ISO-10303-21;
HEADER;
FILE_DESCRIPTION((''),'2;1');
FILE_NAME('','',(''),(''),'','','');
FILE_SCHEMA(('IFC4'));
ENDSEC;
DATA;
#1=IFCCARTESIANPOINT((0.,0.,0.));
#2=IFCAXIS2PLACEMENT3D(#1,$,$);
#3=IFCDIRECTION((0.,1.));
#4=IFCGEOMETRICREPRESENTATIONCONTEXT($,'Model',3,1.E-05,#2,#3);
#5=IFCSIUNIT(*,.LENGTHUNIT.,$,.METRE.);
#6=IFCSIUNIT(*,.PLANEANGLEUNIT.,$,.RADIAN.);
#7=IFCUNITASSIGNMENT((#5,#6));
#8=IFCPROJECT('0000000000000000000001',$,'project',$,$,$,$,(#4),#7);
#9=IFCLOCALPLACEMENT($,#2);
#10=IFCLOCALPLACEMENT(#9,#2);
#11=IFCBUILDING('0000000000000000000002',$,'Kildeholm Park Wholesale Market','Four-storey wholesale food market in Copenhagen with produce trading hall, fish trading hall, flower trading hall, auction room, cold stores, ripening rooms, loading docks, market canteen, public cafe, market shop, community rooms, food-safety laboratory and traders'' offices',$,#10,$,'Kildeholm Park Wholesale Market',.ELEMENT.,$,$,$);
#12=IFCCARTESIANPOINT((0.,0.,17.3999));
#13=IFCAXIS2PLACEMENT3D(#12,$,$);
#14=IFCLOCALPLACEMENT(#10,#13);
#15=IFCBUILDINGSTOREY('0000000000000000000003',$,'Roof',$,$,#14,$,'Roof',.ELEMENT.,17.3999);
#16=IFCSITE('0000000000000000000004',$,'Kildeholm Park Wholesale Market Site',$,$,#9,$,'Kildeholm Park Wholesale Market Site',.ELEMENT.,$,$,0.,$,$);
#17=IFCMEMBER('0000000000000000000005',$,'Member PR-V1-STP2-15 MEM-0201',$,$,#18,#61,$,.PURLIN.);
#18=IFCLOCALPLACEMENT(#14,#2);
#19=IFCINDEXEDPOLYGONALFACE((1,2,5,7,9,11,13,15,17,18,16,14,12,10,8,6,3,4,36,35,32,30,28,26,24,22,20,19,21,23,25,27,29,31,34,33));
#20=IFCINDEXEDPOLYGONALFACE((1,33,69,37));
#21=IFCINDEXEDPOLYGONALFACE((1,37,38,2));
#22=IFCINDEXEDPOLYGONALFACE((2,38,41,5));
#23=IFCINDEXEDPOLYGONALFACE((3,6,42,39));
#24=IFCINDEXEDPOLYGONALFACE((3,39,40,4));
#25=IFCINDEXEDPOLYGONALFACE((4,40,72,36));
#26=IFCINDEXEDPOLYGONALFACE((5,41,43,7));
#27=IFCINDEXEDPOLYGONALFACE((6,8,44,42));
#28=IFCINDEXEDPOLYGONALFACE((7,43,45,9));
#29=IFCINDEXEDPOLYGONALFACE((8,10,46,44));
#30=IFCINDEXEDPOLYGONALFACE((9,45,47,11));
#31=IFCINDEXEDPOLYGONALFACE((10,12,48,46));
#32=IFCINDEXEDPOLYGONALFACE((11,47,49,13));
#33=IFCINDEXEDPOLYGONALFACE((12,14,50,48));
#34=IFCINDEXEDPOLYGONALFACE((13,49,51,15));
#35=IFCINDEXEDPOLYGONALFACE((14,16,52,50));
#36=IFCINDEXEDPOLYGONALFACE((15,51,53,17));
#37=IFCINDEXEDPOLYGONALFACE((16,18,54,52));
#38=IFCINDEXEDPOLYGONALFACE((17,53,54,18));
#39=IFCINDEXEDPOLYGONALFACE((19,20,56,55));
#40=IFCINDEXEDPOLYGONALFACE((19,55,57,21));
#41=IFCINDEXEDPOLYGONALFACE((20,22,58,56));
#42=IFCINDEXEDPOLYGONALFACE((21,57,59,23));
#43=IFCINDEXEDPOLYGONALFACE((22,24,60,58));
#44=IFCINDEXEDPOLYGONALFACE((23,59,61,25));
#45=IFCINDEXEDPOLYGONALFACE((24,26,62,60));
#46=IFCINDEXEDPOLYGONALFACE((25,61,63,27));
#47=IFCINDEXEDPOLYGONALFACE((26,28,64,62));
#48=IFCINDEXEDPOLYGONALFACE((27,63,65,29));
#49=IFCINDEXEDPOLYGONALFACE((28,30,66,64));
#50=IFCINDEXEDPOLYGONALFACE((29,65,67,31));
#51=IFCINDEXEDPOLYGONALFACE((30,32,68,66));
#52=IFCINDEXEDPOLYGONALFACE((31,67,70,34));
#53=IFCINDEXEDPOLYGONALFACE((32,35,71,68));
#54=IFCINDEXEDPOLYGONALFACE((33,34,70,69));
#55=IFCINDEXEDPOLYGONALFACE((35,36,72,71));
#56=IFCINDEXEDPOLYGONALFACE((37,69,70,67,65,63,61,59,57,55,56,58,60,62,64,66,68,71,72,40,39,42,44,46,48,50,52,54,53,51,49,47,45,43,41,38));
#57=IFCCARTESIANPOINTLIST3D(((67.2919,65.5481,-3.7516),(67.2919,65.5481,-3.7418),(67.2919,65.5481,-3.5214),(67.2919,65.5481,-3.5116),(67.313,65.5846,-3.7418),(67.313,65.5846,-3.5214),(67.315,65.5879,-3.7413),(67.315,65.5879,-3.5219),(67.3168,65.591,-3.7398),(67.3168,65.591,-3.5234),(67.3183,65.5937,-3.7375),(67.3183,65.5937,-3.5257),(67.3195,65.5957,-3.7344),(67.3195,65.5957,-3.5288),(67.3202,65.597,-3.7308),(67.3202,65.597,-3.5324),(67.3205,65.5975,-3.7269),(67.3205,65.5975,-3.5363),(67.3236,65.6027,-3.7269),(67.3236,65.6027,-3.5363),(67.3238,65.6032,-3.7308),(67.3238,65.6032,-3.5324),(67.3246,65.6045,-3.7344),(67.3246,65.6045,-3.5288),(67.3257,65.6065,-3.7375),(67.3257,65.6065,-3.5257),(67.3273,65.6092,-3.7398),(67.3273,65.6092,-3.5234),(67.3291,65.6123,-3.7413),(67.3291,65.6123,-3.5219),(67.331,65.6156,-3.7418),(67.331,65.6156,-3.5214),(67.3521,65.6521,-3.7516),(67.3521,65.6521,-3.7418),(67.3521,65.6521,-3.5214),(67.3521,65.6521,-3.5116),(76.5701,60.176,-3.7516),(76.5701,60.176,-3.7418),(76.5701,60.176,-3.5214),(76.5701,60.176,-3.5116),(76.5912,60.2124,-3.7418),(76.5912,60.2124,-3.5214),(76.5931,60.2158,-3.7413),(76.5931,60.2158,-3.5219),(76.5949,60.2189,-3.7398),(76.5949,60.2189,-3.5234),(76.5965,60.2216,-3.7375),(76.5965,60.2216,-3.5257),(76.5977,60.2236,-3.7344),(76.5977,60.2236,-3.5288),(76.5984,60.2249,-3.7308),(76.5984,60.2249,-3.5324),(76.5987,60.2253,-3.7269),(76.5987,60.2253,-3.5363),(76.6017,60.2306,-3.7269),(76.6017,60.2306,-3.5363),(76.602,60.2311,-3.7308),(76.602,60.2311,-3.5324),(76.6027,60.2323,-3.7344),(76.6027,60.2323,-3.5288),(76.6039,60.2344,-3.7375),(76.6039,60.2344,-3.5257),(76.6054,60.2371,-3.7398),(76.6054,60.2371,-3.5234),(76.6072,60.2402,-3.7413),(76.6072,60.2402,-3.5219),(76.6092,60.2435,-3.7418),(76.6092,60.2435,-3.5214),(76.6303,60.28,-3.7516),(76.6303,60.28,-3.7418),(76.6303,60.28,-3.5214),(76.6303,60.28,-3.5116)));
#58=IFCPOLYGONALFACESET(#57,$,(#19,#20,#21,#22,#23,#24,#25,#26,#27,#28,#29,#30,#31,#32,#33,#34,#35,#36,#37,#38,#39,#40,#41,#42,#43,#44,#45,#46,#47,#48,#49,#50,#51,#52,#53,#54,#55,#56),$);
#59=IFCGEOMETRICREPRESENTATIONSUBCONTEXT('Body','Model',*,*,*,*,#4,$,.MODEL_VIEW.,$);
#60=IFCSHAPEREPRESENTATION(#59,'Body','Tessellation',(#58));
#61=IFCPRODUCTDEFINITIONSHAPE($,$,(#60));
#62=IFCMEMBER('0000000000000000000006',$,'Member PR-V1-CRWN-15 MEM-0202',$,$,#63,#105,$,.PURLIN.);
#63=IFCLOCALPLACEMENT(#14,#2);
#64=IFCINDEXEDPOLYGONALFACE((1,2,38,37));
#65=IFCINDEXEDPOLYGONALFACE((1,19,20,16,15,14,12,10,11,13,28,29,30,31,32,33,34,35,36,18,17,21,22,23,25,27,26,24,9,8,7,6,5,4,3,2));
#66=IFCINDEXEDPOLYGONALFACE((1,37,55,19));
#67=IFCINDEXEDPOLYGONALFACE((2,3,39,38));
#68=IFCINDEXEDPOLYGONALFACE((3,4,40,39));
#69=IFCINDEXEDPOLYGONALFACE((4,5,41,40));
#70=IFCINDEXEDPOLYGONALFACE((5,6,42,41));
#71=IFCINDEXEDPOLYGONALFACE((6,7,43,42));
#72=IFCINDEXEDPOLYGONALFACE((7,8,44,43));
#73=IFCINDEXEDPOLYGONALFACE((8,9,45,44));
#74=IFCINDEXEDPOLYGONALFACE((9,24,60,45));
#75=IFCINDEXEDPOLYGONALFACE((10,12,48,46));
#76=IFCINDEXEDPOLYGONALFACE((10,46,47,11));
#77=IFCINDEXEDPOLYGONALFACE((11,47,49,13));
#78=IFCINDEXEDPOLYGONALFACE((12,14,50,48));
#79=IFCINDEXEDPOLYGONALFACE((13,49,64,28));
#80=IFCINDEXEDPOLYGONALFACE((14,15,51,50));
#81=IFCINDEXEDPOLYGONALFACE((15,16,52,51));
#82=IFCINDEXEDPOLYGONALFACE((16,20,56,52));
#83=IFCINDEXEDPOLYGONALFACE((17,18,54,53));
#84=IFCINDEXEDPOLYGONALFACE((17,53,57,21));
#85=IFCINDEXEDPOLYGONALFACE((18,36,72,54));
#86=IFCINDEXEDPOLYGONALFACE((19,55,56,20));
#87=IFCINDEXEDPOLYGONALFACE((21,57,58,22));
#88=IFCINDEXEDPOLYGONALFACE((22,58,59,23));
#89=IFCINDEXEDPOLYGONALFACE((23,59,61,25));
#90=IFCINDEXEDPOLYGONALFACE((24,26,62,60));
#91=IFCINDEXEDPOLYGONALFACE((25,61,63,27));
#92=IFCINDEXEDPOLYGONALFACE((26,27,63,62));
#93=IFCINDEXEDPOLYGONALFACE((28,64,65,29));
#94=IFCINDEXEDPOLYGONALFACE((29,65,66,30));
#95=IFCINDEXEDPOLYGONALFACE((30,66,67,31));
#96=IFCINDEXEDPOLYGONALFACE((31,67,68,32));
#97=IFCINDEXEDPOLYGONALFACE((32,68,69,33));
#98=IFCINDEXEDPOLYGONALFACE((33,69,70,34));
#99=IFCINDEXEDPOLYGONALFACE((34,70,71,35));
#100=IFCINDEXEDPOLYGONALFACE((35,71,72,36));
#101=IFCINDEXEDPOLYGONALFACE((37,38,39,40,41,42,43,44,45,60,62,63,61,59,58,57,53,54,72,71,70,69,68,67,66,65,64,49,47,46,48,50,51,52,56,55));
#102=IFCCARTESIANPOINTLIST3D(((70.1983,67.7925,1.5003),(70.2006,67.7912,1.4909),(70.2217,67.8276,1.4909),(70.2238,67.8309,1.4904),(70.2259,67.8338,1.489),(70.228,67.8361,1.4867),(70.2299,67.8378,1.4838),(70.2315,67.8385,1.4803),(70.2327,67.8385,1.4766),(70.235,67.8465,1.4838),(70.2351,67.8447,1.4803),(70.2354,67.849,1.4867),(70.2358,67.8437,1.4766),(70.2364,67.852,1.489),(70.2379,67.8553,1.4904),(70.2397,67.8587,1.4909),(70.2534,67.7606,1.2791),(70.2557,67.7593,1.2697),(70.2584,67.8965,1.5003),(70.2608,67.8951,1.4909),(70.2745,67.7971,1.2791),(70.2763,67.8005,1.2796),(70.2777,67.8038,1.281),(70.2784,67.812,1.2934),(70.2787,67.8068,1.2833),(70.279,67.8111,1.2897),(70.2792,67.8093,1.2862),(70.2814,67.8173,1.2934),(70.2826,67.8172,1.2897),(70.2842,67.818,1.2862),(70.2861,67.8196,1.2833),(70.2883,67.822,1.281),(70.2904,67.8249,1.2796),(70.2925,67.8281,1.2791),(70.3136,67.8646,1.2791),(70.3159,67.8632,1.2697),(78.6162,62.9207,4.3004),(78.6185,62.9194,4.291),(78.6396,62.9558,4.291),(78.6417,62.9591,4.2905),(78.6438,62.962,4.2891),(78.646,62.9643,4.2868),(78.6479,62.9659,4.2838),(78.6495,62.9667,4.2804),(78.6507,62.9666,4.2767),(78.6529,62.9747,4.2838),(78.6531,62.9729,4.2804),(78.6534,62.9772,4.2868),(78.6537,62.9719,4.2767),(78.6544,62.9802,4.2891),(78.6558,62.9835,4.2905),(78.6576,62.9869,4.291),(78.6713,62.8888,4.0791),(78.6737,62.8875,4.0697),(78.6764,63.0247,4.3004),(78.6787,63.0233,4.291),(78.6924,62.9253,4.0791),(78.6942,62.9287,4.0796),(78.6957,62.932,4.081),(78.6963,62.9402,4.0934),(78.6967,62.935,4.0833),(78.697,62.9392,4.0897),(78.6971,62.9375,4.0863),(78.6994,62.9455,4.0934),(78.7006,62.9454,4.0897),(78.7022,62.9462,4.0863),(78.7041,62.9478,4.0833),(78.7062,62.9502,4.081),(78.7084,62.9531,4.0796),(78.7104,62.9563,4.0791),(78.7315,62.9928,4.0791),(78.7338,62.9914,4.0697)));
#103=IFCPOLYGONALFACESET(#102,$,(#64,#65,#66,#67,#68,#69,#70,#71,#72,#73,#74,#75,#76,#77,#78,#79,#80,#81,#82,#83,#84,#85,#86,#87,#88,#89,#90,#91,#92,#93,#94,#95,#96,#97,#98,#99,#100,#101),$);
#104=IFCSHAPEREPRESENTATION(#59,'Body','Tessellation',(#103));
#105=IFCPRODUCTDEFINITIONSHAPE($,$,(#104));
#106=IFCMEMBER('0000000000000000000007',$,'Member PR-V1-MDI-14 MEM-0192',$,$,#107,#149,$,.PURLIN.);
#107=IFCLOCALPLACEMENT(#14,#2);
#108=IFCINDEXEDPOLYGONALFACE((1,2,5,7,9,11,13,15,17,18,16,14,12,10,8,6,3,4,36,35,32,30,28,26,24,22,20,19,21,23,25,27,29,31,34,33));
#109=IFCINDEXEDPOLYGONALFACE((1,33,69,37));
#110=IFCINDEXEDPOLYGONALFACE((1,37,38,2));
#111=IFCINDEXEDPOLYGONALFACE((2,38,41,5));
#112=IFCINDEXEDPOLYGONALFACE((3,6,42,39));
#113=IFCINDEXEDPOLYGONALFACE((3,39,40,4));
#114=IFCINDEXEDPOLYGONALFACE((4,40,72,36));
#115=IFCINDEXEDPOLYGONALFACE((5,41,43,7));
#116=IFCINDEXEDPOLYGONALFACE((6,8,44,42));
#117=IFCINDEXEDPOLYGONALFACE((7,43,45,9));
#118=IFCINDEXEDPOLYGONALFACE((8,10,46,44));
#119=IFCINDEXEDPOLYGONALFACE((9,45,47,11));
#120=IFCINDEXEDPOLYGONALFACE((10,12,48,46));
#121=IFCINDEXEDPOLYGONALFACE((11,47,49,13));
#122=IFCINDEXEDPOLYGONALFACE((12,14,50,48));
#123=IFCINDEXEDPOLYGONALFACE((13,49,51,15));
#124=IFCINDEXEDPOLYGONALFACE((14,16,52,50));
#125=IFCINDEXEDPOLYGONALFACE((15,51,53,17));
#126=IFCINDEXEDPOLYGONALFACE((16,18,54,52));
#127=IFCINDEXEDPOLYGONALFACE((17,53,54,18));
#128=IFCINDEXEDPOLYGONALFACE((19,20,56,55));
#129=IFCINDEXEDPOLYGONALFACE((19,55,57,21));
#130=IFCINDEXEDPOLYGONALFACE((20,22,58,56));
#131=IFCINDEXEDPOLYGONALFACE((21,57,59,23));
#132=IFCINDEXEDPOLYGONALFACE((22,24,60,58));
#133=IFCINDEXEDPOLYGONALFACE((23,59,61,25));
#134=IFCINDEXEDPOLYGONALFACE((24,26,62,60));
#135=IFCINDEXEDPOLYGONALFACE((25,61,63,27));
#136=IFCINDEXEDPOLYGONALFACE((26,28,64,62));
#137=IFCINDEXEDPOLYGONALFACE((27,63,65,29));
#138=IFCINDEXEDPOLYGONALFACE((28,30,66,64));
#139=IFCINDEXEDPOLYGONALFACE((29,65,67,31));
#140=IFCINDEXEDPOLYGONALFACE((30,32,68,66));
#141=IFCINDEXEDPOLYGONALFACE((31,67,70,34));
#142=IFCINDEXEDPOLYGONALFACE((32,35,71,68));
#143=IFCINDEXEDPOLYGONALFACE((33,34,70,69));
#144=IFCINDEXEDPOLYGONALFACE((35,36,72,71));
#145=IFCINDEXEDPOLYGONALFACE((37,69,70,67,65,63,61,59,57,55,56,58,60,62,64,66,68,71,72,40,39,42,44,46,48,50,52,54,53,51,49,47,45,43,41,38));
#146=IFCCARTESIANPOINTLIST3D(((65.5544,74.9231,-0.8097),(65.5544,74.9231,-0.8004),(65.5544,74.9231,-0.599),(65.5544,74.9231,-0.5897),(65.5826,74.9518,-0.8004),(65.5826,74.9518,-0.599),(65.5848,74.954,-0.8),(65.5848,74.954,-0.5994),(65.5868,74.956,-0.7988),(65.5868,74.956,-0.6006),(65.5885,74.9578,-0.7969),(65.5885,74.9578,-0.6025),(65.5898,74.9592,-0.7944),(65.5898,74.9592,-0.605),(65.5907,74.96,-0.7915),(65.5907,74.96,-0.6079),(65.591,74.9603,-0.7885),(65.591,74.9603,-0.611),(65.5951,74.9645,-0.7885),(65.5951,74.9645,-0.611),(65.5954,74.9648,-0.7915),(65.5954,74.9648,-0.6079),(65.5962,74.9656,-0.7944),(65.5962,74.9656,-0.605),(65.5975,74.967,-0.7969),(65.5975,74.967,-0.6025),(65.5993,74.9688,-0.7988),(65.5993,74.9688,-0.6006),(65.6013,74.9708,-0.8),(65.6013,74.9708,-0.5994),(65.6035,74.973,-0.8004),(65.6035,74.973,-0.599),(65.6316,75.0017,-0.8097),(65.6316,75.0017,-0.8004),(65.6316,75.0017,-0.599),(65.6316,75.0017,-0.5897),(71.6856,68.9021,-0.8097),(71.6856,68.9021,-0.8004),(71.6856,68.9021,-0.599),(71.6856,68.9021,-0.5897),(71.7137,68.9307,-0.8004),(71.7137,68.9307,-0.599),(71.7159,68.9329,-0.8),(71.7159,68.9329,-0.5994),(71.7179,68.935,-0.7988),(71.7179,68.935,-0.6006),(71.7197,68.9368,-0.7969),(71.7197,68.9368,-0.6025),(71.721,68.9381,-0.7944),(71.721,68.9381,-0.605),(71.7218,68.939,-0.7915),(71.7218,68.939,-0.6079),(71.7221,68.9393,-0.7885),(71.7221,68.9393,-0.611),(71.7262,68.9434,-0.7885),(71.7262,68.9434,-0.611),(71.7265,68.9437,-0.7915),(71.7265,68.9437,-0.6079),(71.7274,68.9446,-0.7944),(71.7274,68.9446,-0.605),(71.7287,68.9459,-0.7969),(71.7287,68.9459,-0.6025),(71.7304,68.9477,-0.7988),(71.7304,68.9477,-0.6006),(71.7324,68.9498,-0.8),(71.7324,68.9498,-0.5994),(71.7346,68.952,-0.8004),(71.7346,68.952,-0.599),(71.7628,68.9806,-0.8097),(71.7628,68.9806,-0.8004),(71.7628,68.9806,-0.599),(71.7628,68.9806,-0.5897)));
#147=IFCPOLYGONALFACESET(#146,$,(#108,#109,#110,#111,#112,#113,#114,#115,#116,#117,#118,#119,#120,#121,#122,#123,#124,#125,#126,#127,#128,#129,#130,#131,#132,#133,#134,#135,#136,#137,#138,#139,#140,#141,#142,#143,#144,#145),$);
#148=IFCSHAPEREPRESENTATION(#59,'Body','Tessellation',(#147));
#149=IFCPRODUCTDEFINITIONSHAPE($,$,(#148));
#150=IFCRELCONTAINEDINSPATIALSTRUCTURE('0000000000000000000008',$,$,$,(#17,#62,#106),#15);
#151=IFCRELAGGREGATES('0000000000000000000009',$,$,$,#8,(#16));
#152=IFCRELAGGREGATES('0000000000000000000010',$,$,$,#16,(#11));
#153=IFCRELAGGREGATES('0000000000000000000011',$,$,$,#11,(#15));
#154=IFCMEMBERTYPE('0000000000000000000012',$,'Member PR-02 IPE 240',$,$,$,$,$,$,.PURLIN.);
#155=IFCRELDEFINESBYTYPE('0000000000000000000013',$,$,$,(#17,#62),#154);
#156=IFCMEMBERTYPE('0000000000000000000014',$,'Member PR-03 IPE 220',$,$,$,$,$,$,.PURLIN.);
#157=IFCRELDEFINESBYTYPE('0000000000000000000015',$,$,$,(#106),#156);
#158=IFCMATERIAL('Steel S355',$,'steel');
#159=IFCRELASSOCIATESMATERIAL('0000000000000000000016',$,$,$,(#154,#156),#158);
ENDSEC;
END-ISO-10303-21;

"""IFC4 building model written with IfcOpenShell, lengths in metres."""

from ifc_helpers import new_model, si_unit, direction, frame, origin, origin_2d, place, context, subcontext, project, spatial, i_section, extrude, material, material_profile, profile_set, type_object, element, save


model = new_model("IFC4")

# Units and contexts
model_context = context("Model", 3, precision=1e-05, world=origin(), true_north=direction((0.0, 1.0)))
body_context = subcontext(model_context, "Body", "Model", "MODEL_VIEW")
ifc_project = project(units=[si_unit("LENGTHUNIT", "METRE"), si_unit("PLANEANGLEUNIT", "RADIAN")], contexts=[model_context])

# Site, building, storey
site_placement = place(None, origin())
site = spatial("IfcSite", under=ifc_project, at=site_placement, Name="Kildeholm Park Wholesale Market Site", LongName="Kildeholm Park Wholesale Market Site", CompositionType="ELEMENT", RefElevation=0.0)
building_placement = place(site_placement, origin())
building = spatial("IfcBuilding", under=site, at=building_placement, Name="Kildeholm Park Wholesale Market", Description="Four-storey wholesale food market in Copenhagen with produce trading hall, fish trading hall, flower trading hall, auction room, cold stores, ripening rooms, loading docks, market canteen, public cafe, market shop, community rooms, food-safety laboratory and traders' offices", LongName="Kildeholm Park Wholesale Market", CompositionType="ELEMENT")
storey_placement = place(building_placement, frame((0.0, 0.0, 17.3999)))
storey = spatial("IfcBuildingStorey", under=building, at=storey_placement, Name="Roof", LongName="Roof", CompositionType="ELEMENT", Elevation=17.3999)

# Shared definitions
ifc_material_1 = material(Name="Steel S355", Category="steel")

# Members
ifc_material_profile_1 = material_profile(ifc_material_1, i_section(OverallWidth=0.1201, OverallDepth=0.24, WebThickness=0.0061, FlangeThickness=0.0098, FilletRadius=0.0149, at=origin_2d()), Name="IPE 240")
ifc_profile_set_1 = profile_set([ifc_material_profile_1], Name="Steel S355")
member_type_1 = type_object("IfcMemberType", Name="Member PR-02 IPE 240", PredefinedType="PURLIN", material=ifc_profile_set_1)
member_1_placement = place(storey_placement, frame((67.322, 65.6001, -3.6316), z_axis=(0.865404, -0.501075, 0.0), x_axis=(0.501075, 0.865404, 0.0)))
element("IfcMember", 1, at=member_1_placement, inside=storey, type_object=member_type_1, Name="Member PR-V1-STP2-15 MEM-0201", PredefinedType="PURLIN", context=body_context, shape_type="SweptSolid", body=[
    extrude(i_section(OverallWidth=0.1201, OverallDepth=0.24, WebThickness=0.0061, FlangeThickness=0.0098, FilletRadius=0.0149, at=origin_2d()), origin(), (0.0, 0.0, 1.0), 10.7212),
])
member_2_placement = place(storey_placement, frame((70.2571, 67.8279, 1.385), z_axis=(0.831723, -0.481352, 0.276654), x_axis=(0.500903, 0.865504, 0.0)))
element("IfcMember", 2, at=member_2_placement, inside=storey, type_object=member_type_1, Name="Member PR-V1-CRWN-15 MEM-0202", PredefinedType="PURLIN", context=body_context, shape_type="SweptSolid", body=[
    extrude(i_section(OverallWidth=0.1201, OverallDepth=0.24, WebThickness=0.0061, FlangeThickness=0.0098, FilletRadius=0.0149, at=origin_2d()), origin(), (0.0, 0.0, 1.0), 10.1211),
])
ifc_material_profile_2 = material_profile(ifc_material_1, i_section(OverallWidth=0.1101, OverallDepth=0.22, WebThickness=0.0059, FlangeThickness=0.0093, FilletRadius=0.012, at=origin_2d()), Name="IPE 220")
ifc_profile_set_2 = profile_set([ifc_material_profile_2], Name="Steel S355")
member_type_2 = type_object("IfcMemberType", Name="Member PR-03 IPE 220", PredefinedType="PURLIN", material=ifc_profile_set_2)
member_3_placement = place(storey_placement, frame((65.593, 74.9624, -0.6997), z_axis=(0.713484, -0.700671, 0.0), x_axis=(0.700671, 0.713484, 0.0)))
element("IfcMember", 3, at=member_3_placement, inside=storey, type_object=member_type_2, Name="Member PR-V1-MDI-14 MEM-0192", PredefinedType="PURLIN", context=body_context, shape_type="SweptSolid", body=[
    extrude(i_section(OverallWidth=0.1101, OverallDepth=0.22, WebThickness=0.0059, FlangeThickness=0.0093, FilletRadius=0.012, at=origin_2d()), origin(), (0.0, 0.0, 1.0), 8.5933),
])

save(model, "model.ifc")
